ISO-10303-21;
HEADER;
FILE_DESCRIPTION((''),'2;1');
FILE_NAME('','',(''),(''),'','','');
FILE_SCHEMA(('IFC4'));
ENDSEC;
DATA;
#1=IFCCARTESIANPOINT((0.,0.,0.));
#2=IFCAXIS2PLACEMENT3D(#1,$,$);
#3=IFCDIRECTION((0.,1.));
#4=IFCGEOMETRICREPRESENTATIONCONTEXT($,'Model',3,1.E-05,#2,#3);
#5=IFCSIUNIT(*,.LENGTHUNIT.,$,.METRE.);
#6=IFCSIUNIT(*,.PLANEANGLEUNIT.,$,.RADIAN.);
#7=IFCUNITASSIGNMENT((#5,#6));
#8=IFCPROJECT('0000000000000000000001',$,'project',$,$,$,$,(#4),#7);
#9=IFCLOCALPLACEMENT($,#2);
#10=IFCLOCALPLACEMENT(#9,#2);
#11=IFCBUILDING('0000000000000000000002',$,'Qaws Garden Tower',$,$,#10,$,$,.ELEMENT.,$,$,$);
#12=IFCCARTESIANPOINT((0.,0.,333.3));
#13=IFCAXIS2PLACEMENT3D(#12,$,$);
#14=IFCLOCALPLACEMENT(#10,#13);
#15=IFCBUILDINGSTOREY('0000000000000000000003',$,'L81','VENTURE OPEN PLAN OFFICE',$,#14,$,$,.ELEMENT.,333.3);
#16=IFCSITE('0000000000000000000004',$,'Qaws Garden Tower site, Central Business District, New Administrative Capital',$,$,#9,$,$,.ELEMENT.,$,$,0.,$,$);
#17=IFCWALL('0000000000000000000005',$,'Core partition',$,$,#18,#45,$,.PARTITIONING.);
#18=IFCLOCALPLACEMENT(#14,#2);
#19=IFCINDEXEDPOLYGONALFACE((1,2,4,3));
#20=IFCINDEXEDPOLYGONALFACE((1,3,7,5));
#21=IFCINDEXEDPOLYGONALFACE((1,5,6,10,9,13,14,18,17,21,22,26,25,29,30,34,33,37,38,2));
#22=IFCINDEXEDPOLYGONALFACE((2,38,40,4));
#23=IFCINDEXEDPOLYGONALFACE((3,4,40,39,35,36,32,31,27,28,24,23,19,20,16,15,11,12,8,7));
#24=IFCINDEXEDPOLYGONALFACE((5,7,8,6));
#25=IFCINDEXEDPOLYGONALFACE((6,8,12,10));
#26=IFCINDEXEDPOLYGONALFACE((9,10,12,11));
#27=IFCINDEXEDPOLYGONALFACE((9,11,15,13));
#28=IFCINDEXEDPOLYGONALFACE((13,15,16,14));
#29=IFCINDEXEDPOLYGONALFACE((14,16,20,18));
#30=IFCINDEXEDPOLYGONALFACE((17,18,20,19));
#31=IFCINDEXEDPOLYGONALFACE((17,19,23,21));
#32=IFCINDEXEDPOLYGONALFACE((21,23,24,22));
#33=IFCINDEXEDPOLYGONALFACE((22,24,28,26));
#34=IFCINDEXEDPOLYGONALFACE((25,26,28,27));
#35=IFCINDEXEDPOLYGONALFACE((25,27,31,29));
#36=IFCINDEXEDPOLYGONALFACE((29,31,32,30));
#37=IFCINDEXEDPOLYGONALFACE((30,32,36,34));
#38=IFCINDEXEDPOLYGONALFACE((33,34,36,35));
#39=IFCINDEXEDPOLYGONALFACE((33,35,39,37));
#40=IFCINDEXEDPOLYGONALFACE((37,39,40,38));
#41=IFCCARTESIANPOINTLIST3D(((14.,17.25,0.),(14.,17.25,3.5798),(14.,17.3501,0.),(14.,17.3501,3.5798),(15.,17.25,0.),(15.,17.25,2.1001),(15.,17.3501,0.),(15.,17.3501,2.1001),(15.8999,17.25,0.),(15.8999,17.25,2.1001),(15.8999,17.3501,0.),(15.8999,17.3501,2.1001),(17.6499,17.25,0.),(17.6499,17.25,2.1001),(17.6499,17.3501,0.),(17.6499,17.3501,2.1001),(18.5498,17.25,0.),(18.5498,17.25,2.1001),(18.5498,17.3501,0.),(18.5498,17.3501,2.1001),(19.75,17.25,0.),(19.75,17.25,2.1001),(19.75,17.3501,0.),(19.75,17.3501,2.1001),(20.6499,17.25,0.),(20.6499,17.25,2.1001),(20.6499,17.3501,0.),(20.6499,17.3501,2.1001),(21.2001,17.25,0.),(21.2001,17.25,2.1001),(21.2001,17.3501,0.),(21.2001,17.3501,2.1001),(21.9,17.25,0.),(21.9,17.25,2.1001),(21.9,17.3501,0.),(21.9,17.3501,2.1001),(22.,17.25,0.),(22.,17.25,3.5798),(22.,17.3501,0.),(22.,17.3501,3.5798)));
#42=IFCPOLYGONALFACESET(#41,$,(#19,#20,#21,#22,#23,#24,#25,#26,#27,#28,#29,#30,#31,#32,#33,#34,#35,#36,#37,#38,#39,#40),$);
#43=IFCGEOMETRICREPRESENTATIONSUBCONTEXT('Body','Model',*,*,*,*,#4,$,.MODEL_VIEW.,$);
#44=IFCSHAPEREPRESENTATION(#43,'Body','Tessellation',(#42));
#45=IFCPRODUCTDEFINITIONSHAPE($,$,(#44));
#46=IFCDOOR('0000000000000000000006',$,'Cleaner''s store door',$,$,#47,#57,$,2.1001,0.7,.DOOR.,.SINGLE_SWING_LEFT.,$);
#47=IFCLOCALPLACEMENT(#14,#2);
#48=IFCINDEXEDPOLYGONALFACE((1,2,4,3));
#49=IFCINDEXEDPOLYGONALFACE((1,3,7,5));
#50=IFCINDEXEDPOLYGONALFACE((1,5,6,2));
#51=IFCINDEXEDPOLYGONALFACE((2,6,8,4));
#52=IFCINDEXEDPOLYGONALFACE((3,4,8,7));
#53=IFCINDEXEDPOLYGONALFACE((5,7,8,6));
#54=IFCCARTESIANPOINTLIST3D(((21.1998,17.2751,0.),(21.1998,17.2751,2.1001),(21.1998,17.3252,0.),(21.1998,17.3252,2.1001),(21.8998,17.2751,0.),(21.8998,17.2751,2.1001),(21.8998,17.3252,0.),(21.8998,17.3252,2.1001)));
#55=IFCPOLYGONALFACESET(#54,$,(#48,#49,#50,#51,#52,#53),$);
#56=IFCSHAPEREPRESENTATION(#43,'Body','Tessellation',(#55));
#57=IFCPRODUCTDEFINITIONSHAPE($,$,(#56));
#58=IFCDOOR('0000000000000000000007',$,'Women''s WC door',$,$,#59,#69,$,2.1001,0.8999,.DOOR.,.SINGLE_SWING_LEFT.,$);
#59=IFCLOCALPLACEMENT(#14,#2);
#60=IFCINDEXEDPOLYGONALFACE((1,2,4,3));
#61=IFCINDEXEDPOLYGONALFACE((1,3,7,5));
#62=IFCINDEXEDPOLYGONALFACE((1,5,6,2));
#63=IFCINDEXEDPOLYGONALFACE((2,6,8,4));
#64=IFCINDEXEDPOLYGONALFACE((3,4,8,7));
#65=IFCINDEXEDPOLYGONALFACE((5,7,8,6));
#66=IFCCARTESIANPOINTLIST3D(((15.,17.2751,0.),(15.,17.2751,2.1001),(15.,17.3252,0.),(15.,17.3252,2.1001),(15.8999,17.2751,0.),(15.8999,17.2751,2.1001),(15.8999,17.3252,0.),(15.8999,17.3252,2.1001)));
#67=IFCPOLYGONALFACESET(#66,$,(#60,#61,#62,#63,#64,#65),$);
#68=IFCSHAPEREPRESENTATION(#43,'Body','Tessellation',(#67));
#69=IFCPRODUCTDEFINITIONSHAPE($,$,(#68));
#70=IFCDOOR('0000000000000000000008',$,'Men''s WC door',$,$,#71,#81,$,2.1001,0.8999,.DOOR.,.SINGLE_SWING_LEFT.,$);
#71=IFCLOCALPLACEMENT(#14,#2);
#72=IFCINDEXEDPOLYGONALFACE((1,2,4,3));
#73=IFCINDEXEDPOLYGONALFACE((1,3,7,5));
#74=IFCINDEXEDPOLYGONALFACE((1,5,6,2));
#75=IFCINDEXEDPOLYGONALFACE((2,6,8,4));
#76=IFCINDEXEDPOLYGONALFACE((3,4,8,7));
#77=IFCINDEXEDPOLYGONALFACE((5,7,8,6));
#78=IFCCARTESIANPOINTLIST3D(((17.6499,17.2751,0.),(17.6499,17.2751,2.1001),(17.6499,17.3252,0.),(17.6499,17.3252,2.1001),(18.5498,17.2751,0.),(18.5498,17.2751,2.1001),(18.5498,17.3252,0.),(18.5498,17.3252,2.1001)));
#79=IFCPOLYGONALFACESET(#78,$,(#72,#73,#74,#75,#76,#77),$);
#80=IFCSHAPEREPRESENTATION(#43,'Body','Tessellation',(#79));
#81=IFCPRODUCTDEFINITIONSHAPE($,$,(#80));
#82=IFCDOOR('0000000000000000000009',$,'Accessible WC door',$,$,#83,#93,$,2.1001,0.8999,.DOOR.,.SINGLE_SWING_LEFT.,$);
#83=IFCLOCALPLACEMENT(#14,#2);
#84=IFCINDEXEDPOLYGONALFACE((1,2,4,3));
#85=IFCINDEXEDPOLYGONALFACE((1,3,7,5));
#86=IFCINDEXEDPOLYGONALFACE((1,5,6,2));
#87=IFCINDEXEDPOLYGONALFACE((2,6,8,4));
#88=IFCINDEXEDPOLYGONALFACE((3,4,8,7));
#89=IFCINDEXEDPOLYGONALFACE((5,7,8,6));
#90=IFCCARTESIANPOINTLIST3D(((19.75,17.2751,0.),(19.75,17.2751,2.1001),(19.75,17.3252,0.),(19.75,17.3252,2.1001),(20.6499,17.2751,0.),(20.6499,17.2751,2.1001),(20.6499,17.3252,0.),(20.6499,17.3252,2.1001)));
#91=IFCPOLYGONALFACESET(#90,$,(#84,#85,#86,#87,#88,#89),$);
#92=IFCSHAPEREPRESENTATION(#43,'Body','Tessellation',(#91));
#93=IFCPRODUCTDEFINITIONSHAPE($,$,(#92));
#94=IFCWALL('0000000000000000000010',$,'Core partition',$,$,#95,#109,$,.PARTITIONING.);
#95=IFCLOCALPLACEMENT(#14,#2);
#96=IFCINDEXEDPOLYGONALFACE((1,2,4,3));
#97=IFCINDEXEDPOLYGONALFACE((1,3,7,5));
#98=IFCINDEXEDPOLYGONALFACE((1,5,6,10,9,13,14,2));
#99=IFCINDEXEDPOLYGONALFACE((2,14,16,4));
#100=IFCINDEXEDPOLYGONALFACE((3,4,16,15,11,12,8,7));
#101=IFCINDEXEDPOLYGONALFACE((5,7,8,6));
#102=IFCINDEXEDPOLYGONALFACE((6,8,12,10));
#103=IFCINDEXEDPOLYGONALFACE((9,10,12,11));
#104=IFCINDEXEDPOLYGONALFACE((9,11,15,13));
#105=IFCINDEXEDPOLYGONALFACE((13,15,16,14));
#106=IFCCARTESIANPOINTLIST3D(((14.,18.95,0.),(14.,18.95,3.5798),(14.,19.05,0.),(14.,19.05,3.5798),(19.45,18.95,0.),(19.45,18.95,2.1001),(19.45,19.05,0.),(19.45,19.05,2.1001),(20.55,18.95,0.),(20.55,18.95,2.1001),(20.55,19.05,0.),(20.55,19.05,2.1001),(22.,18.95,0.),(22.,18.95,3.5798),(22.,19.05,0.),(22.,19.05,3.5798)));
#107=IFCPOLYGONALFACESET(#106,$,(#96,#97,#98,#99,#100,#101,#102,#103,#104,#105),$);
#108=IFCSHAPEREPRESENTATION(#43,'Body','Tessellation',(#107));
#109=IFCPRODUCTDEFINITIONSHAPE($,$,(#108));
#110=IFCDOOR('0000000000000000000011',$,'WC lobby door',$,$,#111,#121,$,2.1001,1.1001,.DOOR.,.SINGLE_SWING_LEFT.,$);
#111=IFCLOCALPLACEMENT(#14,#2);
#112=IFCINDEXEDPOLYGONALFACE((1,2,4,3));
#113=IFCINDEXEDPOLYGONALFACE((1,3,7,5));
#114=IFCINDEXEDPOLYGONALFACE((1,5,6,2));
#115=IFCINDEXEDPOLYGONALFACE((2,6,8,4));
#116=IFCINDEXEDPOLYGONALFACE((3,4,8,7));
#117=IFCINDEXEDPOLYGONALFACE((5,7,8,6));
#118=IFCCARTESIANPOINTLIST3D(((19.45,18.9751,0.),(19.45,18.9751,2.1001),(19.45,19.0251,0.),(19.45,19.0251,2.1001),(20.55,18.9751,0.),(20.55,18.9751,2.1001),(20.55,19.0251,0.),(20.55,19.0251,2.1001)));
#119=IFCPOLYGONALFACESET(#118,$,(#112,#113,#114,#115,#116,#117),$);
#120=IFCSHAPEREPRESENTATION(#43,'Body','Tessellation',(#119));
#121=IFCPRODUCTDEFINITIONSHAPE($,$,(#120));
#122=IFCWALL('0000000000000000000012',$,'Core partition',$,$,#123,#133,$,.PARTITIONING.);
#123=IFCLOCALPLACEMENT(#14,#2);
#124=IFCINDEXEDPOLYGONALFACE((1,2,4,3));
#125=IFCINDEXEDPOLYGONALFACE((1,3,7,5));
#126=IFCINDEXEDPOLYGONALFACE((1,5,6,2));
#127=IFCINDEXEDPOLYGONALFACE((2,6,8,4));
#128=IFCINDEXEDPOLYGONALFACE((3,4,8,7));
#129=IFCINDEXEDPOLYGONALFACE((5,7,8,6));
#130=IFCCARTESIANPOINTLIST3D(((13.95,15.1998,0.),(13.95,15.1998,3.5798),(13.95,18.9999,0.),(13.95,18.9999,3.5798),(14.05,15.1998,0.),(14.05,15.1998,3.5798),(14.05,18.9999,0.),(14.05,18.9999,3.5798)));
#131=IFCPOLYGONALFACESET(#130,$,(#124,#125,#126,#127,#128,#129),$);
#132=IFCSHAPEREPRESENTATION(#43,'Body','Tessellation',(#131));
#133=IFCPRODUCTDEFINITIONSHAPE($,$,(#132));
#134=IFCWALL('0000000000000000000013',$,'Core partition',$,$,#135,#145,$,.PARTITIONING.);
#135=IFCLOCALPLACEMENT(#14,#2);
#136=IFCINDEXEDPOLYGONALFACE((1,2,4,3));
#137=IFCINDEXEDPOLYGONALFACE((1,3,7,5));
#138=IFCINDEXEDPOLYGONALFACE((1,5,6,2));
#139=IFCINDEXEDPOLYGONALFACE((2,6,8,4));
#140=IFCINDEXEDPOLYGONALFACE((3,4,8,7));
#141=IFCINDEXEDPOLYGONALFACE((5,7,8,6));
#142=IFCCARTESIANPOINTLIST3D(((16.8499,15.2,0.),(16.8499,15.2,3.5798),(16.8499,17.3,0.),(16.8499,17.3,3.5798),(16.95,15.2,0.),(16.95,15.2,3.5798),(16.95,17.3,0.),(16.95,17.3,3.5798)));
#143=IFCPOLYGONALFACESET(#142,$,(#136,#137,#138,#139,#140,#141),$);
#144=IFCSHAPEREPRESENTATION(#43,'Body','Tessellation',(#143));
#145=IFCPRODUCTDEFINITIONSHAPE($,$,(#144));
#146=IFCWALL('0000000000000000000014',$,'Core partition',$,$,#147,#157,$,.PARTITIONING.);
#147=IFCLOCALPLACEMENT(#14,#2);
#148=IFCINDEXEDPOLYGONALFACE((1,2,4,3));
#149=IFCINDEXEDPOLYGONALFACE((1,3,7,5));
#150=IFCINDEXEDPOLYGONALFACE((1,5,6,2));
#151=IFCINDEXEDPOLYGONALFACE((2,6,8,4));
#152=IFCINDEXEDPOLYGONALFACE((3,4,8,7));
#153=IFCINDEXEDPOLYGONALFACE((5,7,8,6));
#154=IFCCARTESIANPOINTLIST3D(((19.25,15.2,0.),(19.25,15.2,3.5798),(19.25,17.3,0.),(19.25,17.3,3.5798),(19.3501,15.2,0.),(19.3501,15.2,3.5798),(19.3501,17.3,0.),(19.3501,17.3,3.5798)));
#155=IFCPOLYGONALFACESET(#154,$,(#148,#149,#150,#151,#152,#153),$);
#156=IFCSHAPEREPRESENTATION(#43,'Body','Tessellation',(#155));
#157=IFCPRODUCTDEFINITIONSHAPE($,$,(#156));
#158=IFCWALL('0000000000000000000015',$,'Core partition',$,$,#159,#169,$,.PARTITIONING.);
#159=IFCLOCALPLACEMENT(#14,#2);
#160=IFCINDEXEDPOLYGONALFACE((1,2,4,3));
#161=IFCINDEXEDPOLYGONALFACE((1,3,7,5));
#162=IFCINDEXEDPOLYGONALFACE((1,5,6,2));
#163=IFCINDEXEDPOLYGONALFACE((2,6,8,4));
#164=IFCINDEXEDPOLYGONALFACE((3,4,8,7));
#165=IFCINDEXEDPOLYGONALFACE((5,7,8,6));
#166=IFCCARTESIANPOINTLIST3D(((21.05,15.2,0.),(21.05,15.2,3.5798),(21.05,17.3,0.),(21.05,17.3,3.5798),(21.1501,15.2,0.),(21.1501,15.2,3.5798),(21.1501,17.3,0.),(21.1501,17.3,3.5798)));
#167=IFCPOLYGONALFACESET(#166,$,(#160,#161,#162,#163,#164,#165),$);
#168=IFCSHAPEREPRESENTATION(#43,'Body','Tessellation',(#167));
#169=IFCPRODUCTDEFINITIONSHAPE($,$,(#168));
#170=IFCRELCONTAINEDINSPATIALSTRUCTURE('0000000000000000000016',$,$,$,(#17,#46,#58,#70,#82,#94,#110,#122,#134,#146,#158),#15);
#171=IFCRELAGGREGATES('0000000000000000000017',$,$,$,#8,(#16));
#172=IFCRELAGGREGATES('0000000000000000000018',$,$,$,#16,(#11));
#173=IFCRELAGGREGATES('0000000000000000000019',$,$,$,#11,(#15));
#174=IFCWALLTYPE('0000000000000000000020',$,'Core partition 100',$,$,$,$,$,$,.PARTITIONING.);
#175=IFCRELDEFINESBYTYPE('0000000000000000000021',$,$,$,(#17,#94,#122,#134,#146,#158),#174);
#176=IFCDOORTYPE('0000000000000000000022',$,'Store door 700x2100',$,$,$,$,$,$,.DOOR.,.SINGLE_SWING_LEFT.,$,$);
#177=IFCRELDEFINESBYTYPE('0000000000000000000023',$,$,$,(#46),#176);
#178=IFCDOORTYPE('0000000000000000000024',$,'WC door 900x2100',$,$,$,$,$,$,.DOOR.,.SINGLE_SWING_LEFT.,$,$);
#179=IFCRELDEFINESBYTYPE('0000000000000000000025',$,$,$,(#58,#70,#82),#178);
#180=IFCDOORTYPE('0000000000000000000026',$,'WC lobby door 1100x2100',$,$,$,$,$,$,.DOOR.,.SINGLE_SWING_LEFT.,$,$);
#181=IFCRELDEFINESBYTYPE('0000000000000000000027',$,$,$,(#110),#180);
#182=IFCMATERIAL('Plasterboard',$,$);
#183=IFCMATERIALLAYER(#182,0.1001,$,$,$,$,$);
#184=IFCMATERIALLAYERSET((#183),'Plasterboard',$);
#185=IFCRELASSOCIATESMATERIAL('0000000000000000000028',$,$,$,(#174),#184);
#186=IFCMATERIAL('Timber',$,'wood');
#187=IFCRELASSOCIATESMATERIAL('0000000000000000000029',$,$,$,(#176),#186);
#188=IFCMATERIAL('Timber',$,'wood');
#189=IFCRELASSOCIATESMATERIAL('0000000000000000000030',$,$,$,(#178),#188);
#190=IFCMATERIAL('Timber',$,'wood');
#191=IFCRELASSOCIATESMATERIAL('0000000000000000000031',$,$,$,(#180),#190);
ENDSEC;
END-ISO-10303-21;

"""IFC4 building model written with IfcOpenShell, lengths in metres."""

from ifc_helpers import new_model, si_unit, direction, frame, frame_2d, origin, place, context, subcontext, project, spatial, rectangle, extrude, material, layer, layer_set, type_object, element, fill, save


model = new_model("IFC4")

# Units and contexts
model_context = context("Model", 3, precision=1e-05, world=origin(), true_north=direction((0.0, 1.0)))
body_context = subcontext(model_context, "Body", "Model", "MODEL_VIEW")
ifc_project = project(units=[si_unit("LENGTHUNIT", "METRE"), si_unit("PLANEANGLEUNIT", "RADIAN")], contexts=[model_context])

# Site, building, storey
site_placement = place(None, origin())
site = spatial("IfcSite", under=ifc_project, at=site_placement, Name="Qaws Garden Tower site, Central Business District, New Administrative Capital", CompositionType="ELEMENT", RefElevation=0.0)
building_placement = place(site_placement, origin())
building = spatial("IfcBuilding", under=site, at=building_placement, Name="Qaws Garden Tower", CompositionType="ELEMENT")
storey_placement = place(building_placement, frame((0.0, 0.0, 333.3)))
storey = spatial("IfcBuildingStorey", under=building, at=storey_placement, Name="L81", Description="VENTURE OPEN PLAN OFFICE", CompositionType="ELEMENT", Elevation=333.3)

# Wall, openings, doors
ifc_material_1 = material(Name="Plasterboard")
ifc_layer_1 = layer(ifc_material_1, 0.1001)
ifc_layer_set_1 = layer_set([ifc_layer_1], Name="Plasterboard")
wall_type_1 = type_object("IfcWallType", Name="Core partition 100", PredefinedType="PARTITIONING", material=ifc_layer_set_1)
wall_1_placement = place(storey_placement, frame((14.0, 17.3, 0.0), z_axis=(0.0, 0.0, 1.0), x_axis=(1.0, 0.0, 0.0)))
wall_1 = element("IfcWall", 1, at=wall_1_placement, inside=storey, type_object=wall_type_1, Name="Core partition", PredefinedType="PARTITIONING", context=body_context, shape_type="SweptSolid", body=[
    extrude(rectangle(XDim=8.0, YDim=0.1001, at=frame_2d((4.0, 0.0))), origin(), (0.0, 0.0, 1.0), 3.5798),
])
opening_1_placement = place(wall_1_placement, frame((1.0, 0.0, 0.0)))
opening_1 = element("IfcOpeningElement", 2, at=opening_1_placement, cuts=wall_1, PredefinedType="OPENING", context=body_context, shape_type="SweptSolid", body=[
    extrude(rectangle(XDim=0.8999, YDim=2.1001, at=frame_2d((0.45, 1.05))), frame((0.0, 0.0601, 0.0), z_axis=(0.0, -1.0, 0.0), x_axis=(1.0, 0.0, 0.0)), (0.0, 0.0, 1.0), 0.1201),
])
opening_2_placement = place(wall_1_placement, frame((3.6499, 0.0, 0.0)))
opening_2 = element("IfcOpeningElement", 3, at=opening_2_placement, cuts=wall_1, PredefinedType="OPENING", context=body_context, shape_type="SweptSolid", body=[
    extrude(rectangle(XDim=0.8999, YDim=2.1001, at=frame_2d((0.45, 1.05))), frame((0.0, 0.0601, 0.0), z_axis=(0.0, -1.0, 0.0), x_axis=(1.0, 0.0, 0.0)), (0.0, 0.0, 1.0), 0.1201),
])
opening_3_placement = place(wall_1_placement, frame((5.75, 0.0, 0.0)))
opening_3 = element("IfcOpeningElement", 4, at=opening_3_placement, cuts=wall_1, PredefinedType="OPENING", context=body_context, shape_type="SweptSolid", body=[
    extrude(rectangle(XDim=0.8999, YDim=2.1001, at=frame_2d((0.45, 1.05))), frame((0.0, 0.0601, 0.0), z_axis=(0.0, -1.0, 0.0), x_axis=(1.0, 0.0, 0.0)), (0.0, 0.0, 1.0), 0.1201),
])
opening_4_placement = place(wall_1_placement, frame((7.2, 0.0, 0.0)))
opening_4 = element("IfcOpeningElement", 5, at=opening_4_placement, cuts=wall_1, PredefinedType="OPENING", context=body_context, shape_type="SweptSolid", body=[
    extrude(rectangle(XDim=0.7, YDim=2.1001, at=frame_2d((0.3501, 1.05))), frame((0.0, 0.0601, 0.0), z_axis=(0.0, -1.0, 0.0), x_axis=(1.0, 0.0, 0.0)), (0.0, 0.0, 1.0), 0.1201),
])
ifc_material_2 = material(Name="Timber", Category="wood")
door_type_1 = type_object("IfcDoorType", Name="Store door 700x2100", OperationType="SINGLE_SWING_LEFT", PredefinedType="DOOR", material=ifc_material_2)
door_1_placement = place(opening_4_placement, frame((0.7, 0.0, 0.0), z_axis=(0.0, 0.0, 1.0), x_axis=(-1.0, 0.0, 0.0)))
door_1 = element("IfcDoor", 6, at=door_1_placement, inside=storey, type_object=door_type_1, Name="Cleaner's store door", OperationType="SINGLE_SWING_LEFT", OverallHeight=2.1001, OverallWidth=0.7, PredefinedType="DOOR", context=body_context, shape_type="SweptSolid", body=[
    extrude(rectangle(XDim=0.7, YDim=2.1001, at=frame_2d((0.3501, 1.05))), frame((0.0, 0.0249, 0.0), z_axis=(0.0, -1.0, 0.0), x_axis=(1.0, 0.0, 0.0)), (0.0, 0.0, 1.0), 0.05),
])
fill(opening_4, door_1)
ifc_material_3 = material(Name="Timber", Category="wood")
door_type_2 = type_object("IfcDoorType", Name="WC door 900x2100", OperationType="SINGLE_SWING_LEFT", PredefinedType="DOOR", material=ifc_material_3)
door_2_placement = place(opening_1_placement, frame((0.8999, 0.0, 0.0), z_axis=(0.0, 0.0, 1.0), x_axis=(-1.0, 0.0, 0.0)))
door_2 = element("IfcDoor", 7, at=door_2_placement, inside=storey, type_object=door_type_2, Name="Women's WC door", OperationType="SINGLE_SWING_LEFT", OverallHeight=2.1001, OverallWidth=0.8999, PredefinedType="DOOR", context=body_context, shape_type="SweptSolid", body=[
    extrude(rectangle(XDim=0.8999, YDim=2.1001, at=frame_2d((0.45, 1.05))), frame((0.0, 0.0249, 0.0), z_axis=(0.0, -1.0, 0.0), x_axis=(1.0, 0.0, 0.0)), (0.0, 0.0, 1.0), 0.05),
])
fill(opening_1, door_2)
door_3_placement = place(opening_2_placement, frame((0.8999, 0.0, 0.0), z_axis=(0.0, 0.0, 1.0), x_axis=(-1.0, 0.0, 0.0)))
door_3 = element("IfcDoor", 8, at=door_3_placement, inside=storey, type_object=door_type_2, Name="Men's WC door", OperationType="SINGLE_SWING_LEFT", OverallHeight=2.1001, OverallWidth=0.8999, PredefinedType="DOOR", context=body_context, shape_type="SweptSolid", body=[
    extrude(rectangle(XDim=0.8999, YDim=2.1001, at=frame_2d((0.45, 1.05))), frame((0.0, 0.0249, 0.0), z_axis=(0.0, -1.0, 0.0), x_axis=(1.0, 0.0, 0.0)), (0.0, 0.0, 1.0), 0.05),
])
fill(opening_2, door_3)
door_4_placement = place(opening_3_placement, frame((0.8999, 0.0, 0.0), z_axis=(0.0, 0.0, 1.0), x_axis=(-1.0, 0.0, 0.0)))
door_4 = element("IfcDoor", 9, at=door_4_placement, inside=storey, type_object=door_type_2, Name="Accessible WC door", OperationType="SINGLE_SWING_LEFT", OverallHeight=2.1001, OverallWidth=0.8999, PredefinedType="DOOR", context=body_context, shape_type="SweptSolid", body=[
    extrude(rectangle(XDim=0.8999, YDim=2.1001, at=frame_2d((0.45, 1.05))), frame((0.0, 0.0249, 0.0), z_axis=(0.0, -1.0, 0.0), x_axis=(1.0, 0.0, 0.0)), (0.0, 0.0, 1.0), 0.05),
])
fill(opening_3, door_4)

# Wall, opening, door
wall_2_placement = place(storey_placement, frame((14.0, 19.0, 0.0), z_axis=(0.0, 0.0, 1.0), x_axis=(1.0, 0.0, 0.0)))
wall_2 = element("IfcWall", 10, at=wall_2_placement, inside=storey, type_object=wall_type_1, Name="Core partition", PredefinedType="PARTITIONING", context=body_context, shape_type="SweptSolid", body=[
    extrude(rectangle(XDim=8.0, YDim=0.1001, at=frame_2d((4.0, 0.0))), origin(), (0.0, 0.0, 1.0), 3.5798),
])
opening_5_placement = place(wall_2_placement, frame((5.45, 0.0, 0.0)))
opening_5 = element("IfcOpeningElement", 11, at=opening_5_placement, cuts=wall_2, PredefinedType="OPENING", context=body_context, shape_type="SweptSolid", body=[
    extrude(rectangle(XDim=1.1001, YDim=2.1001, at=frame_2d((0.55, 1.05))), frame((0.0, 0.0601, 0.0), z_axis=(0.0, -1.0, 0.0), x_axis=(1.0, 0.0, 0.0)), (0.0, 0.0, 1.0), 0.1201),
])
ifc_material_4 = material(Name="Timber", Category="wood")
door_type_3 = type_object("IfcDoorType", Name="WC lobby door 1100x2100", OperationType="SINGLE_SWING_LEFT", PredefinedType="DOOR", material=ifc_material_4)
door_5_placement = place(opening_5_placement, frame((1.1001, 0.0, 0.0), z_axis=(0.0, 0.0, 1.0), x_axis=(-1.0, 0.0, 0.0)))
door_5 = element("IfcDoor", 12, at=door_5_placement, inside=storey, type_object=door_type_3, Name="WC lobby door", OperationType="SINGLE_SWING_LEFT", OverallHeight=2.1001, OverallWidth=1.1001, PredefinedType="DOOR", context=body_context, shape_type="SweptSolid", body=[
    extrude(rectangle(XDim=1.1001, YDim=2.1001, at=frame_2d((0.55, 1.05))), frame((0.0, 0.0249, 0.0), z_axis=(0.0, -1.0, 0.0), x_axis=(1.0, 0.0, 0.0)), (0.0, 0.0, 1.0), 0.05),
])
fill(opening_5, door_5)

# Walls
wall_3_placement = place(storey_placement, frame((14.0, 15.2, 0.0), z_axis=(0.0, 0.0, 1.0), x_axis=(0.0, 1.0, 0.0)))
element("IfcWall", 13, at=wall_3_placement, inside=storey, type_object=wall_type_1, Name="Core partition", PredefinedType="PARTITIONING", context=body_context, shape_type="SweptSolid", body=[
    extrude(rectangle(XDim=3.8, YDim=0.1001, at=frame_2d((1.8999, 0.0))), origin(), (0.0, 0.0, 1.0), 3.5798),
])
for number, where, z_axis, x_axis, name in (
    (14, (16.8999, 15.2, 0.0), (0.0, 0.0, 1.0), (0.0, 1.0, 0.0), "Core partition"),
    (15, (19.3, 15.2, 0.0), (0.0, 0.0, 1.0), (0.0, 1.0, 0.0), "Core partition"),
    (16, (21.1001, 15.2, 0.0), (0.0, 0.0, 1.0), (0.0, 1.0, 0.0), "Core partition"),
):
    element("IfcWall", number, at=place(storey_placement, frame(where, z_axis=z_axis, x_axis=x_axis)), inside=storey, type_object=wall_type_1, Name=name, PredefinedType="PARTITIONING", context=body_context, shape_type="SweptSolid", body=[
        extrude(rectangle(XDim=2.1001, YDim=0.1001, at=frame_2d((1.05, 0.0))), origin(), (0.0, 0.0, 1.0), 3.5798),
    ])

save(model, "model.ifc")
